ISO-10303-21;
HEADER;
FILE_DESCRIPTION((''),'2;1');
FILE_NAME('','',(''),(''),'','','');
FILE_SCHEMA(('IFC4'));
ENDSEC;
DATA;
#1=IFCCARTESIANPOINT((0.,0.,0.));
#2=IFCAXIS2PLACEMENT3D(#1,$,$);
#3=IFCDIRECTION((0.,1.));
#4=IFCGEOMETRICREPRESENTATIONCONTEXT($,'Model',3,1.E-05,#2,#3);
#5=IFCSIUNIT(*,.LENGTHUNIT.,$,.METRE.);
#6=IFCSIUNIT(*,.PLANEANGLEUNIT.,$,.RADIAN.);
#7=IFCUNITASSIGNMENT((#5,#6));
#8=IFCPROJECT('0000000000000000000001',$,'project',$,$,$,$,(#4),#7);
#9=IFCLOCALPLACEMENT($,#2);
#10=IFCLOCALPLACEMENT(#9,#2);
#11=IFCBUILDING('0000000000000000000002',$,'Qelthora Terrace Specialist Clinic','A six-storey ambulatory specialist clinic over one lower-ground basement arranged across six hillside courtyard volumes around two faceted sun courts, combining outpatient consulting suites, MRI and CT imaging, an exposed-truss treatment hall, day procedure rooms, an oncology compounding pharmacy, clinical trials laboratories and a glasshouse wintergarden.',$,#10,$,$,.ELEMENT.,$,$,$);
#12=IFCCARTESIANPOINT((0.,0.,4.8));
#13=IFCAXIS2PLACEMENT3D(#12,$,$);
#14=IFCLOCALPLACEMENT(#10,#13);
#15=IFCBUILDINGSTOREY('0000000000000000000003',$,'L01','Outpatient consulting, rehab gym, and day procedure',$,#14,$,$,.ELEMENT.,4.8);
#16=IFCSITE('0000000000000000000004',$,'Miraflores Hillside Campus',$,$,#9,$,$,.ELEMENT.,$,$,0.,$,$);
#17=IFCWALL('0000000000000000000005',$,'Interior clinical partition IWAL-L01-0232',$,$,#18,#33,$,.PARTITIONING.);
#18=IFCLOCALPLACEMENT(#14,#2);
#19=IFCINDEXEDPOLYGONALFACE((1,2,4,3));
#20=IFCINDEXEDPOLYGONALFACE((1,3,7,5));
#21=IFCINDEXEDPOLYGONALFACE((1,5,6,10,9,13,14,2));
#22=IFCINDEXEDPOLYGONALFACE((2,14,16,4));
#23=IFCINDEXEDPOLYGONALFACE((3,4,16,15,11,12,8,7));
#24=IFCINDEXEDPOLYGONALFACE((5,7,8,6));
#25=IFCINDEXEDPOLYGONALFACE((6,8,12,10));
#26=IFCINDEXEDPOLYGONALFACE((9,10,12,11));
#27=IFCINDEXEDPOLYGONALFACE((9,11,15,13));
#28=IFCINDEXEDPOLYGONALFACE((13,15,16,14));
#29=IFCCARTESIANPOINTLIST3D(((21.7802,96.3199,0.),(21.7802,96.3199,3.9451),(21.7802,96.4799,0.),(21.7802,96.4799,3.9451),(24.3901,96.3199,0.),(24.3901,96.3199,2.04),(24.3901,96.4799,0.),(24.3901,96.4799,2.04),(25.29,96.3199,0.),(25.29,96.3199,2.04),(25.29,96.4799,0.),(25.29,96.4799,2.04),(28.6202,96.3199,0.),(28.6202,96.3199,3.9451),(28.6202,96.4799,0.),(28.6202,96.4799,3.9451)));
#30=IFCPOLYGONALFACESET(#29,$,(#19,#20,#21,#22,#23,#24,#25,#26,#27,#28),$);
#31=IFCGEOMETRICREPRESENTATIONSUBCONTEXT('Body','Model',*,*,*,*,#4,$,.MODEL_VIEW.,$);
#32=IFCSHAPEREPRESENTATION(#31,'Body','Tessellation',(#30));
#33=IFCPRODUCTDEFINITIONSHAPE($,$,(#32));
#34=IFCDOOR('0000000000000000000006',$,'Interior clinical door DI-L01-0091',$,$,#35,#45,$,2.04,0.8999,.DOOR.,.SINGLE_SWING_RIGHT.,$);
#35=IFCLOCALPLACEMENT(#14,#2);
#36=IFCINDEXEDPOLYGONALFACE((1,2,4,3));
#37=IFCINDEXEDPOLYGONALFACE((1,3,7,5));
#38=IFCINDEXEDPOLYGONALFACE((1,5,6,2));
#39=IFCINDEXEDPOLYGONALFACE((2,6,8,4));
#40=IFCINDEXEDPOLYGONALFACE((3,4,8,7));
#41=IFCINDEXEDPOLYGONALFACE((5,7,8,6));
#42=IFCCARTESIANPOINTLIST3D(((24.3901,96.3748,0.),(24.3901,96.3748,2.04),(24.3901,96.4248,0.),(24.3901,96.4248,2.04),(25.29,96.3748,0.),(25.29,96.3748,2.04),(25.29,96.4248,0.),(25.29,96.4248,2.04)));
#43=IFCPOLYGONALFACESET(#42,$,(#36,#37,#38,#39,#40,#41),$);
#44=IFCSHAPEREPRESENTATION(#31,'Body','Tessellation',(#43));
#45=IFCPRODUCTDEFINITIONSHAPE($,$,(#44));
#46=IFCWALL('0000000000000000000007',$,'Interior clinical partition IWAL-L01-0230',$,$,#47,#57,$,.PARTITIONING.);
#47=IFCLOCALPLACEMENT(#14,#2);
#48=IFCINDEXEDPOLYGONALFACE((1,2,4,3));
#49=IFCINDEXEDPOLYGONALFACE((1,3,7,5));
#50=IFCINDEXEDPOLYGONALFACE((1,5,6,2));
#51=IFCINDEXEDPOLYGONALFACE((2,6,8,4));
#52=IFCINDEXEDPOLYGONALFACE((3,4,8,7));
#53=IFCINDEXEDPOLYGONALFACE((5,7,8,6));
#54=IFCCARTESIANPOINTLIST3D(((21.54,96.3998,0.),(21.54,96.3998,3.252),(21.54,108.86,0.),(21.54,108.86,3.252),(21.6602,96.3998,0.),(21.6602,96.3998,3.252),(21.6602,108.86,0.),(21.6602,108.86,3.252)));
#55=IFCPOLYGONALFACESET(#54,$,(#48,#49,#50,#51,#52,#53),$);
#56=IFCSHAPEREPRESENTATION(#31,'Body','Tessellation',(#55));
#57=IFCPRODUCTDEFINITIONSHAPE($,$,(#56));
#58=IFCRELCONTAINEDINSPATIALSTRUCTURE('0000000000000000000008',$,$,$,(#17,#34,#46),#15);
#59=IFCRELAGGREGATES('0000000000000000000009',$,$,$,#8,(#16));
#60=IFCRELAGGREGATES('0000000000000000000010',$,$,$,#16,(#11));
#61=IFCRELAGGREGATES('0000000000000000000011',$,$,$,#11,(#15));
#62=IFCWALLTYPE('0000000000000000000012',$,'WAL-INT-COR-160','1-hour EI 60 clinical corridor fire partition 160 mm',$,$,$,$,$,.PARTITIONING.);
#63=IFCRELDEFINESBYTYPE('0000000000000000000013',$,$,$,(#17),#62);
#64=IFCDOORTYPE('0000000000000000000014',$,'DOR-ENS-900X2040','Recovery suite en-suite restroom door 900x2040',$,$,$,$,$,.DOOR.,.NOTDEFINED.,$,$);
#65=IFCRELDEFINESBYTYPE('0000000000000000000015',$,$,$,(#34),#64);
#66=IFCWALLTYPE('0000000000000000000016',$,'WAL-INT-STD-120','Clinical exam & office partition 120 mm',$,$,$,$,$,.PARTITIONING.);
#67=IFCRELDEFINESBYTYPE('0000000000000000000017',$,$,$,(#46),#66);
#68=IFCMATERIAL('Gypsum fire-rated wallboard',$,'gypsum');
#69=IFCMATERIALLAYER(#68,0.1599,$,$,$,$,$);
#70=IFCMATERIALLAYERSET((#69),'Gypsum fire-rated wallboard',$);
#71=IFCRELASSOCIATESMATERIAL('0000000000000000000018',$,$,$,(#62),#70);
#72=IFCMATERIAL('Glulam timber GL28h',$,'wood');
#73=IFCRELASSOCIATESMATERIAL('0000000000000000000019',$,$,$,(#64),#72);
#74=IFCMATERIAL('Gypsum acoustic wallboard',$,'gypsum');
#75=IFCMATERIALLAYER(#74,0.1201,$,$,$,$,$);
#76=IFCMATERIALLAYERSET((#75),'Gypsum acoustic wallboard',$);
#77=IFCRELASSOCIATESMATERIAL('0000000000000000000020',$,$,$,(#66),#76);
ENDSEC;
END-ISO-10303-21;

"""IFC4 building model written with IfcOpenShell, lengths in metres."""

from ifc_helpers import new_model, si_unit, direction, frame, frame_2d, origin, place, context, subcontext, project, spatial, rectangle, extrude, material, layer, layer_set, type_object, element, fill, save


model = new_model("IFC4")

# Units and contexts
model_context = context("Model", 3, precision=1e-05, world=origin(), true_north=direction((0.0, 1.0)))
body_context = subcontext(model_context, "Body", "Model", "MODEL_VIEW")
ifc_project = project(units=[si_unit("LENGTHUNIT", "METRE"), si_unit("PLANEANGLEUNIT", "RADIAN")], contexts=[model_context])

# Site, building, storey
site_placement = place(None, origin())
site = spatial("IfcSite", under=ifc_project, at=site_placement, Name="Miraflores Hillside Campus", CompositionType="ELEMENT", RefElevation=0.0)
building_placement = place(site_placement, origin())
building = spatial("IfcBuilding", under=site, at=building_placement, Name="Qelthora Terrace Specialist Clinic", Description="A six-storey ambulatory specialist clinic over one lower-ground basement arranged across six hillside courtyard volumes around two faceted sun courts, combining outpatient consulting suites, MRI and CT imaging, an exposed-truss treatment hall, day procedure rooms, an oncology compounding pharmacy, clinical trials laboratories and a glasshouse wintergarden.", CompositionType="ELEMENT")
storey_placement = place(building_placement, frame((0.0, 0.0, 4.8)))
storey = spatial("IfcBuildingStorey", under=building, at=storey_placement, Name="L01", Description="Outpatient consulting, rehab gym, and day procedure", CompositionType="ELEMENT", Elevation=4.8)

# Wall, opening, door
ifc_material_1 = material(Name="Gypsum fire-rated wallboard", Category="gypsum")
ifc_layer_1 = layer(ifc_material_1, 0.1599)
ifc_layer_set_1 = layer_set([ifc_layer_1], Name="Gypsum fire-rated wallboard")
wall_type_1 = type_object("IfcWallType", Name="WAL-INT-COR-160", Description="1-hour EI 60 clinical corridor fire partition 160 mm", PredefinedType="PARTITIONING", material=ifc_layer_set_1)
wall_1_placement = place(storey_placement, frame((28.6201, 96.3999, 0.0), z_axis=(0.0, 0.0, 1.0), x_axis=(-1.0, 0.0, 0.0)))
wall_1 = element("IfcWall", 1, at=wall_1_placement, inside=storey, type_object=wall_type_1, Name="Interior clinical partition IWAL-L01-0232", PredefinedType="PARTITIONING", context=body_context, shape_type="SweptSolid", body=[
    extrude(rectangle(XDim=6.8401, YDim=0.1599, at=frame_2d((3.4199, 0.0))), origin(), (0.0, 0.0, 1.0), 3.9451),
])
opening_placement = place(wall_1_placement, frame((3.3301, 0.0, 0.0)))
opening = element("IfcOpeningElement", 2, at=opening_placement, cuts=wall_1, PredefinedType="OPENING", context=body_context, shape_type="SweptSolid", body=[
    extrude(rectangle(XDim=0.8999, YDim=2.04, at=frame_2d((0.45, 1.02))), frame((0.0, 0.0898, 0.0), z_axis=(0.0, -1.0, 0.0), x_axis=(1.0, 0.0, 0.0)), (0.0, 0.0, 1.0), 0.1799),
])
ifc_material_2 = material(Name="Glulam timber GL28h", Category="wood")
door_type = type_object("IfcDoorType", Name="DOR-ENS-900X2040", Description="Recovery suite en-suite restroom door 900x2040", OperationType="NOTDEFINED", PredefinedType="DOOR", material=ifc_material_2)
door_placement = place(opening_placement, frame((0.8999, 0.0, 0.0), z_axis=(0.0, 0.0, 1.0), x_axis=(-1.0, 0.0, 0.0)))
door = element("IfcDoor", 3, at=door_placement, inside=storey, type_object=door_type, Name="Interior clinical door DI-L01-0091", OperationType="SINGLE_SWING_RIGHT", OverallHeight=2.04, OverallWidth=0.8999, PredefinedType="DOOR", context=body_context, shape_type="SweptSolid", body=[
    extrude(rectangle(XDim=0.8999, YDim=2.04, at=frame_2d((0.45, 1.02))), frame((0.0, 0.0249, 0.0), z_axis=(0.0, -1.0, 0.0), x_axis=(1.0, 0.0, 0.0)), (0.0, 0.0, 1.0), 0.05),
])
fill(opening, door)

# Wall
ifc_material_3 = material(Name="Gypsum acoustic wallboard", Category="gypsum")
ifc_layer_2 = layer(ifc_material_3, 0.1201)
ifc_layer_set_2 = layer_set([ifc_layer_2], Name="Gypsum acoustic wallboard")
wall_type_2 = type_object("IfcWallType", Name="WAL-INT-STD-120", Description="Clinical exam & office partition 120 mm", PredefinedType="PARTITIONING", material=ifc_layer_set_2)
wall_2_placement = place(storey_placement, frame((21.6001, 96.3999, 0.0), z_axis=(0.0, 0.0, 1.0), x_axis=(0.0, 1.0, 0.0)))
element("IfcWall", 4, at=wall_2_placement, inside=storey, type_object=wall_type_2, Name="Interior clinical partition IWAL-L01-0230", PredefinedType="PARTITIONING", context=body_context, shape_type="SweptSolid", body=[
    extrude(rectangle(XDim=12.4602, YDim=0.1201, at=frame_2d((6.23, 0.0))), origin(), (0.0, 0.0, 1.0), 3.252),
])

save(model, "model.ifc")
